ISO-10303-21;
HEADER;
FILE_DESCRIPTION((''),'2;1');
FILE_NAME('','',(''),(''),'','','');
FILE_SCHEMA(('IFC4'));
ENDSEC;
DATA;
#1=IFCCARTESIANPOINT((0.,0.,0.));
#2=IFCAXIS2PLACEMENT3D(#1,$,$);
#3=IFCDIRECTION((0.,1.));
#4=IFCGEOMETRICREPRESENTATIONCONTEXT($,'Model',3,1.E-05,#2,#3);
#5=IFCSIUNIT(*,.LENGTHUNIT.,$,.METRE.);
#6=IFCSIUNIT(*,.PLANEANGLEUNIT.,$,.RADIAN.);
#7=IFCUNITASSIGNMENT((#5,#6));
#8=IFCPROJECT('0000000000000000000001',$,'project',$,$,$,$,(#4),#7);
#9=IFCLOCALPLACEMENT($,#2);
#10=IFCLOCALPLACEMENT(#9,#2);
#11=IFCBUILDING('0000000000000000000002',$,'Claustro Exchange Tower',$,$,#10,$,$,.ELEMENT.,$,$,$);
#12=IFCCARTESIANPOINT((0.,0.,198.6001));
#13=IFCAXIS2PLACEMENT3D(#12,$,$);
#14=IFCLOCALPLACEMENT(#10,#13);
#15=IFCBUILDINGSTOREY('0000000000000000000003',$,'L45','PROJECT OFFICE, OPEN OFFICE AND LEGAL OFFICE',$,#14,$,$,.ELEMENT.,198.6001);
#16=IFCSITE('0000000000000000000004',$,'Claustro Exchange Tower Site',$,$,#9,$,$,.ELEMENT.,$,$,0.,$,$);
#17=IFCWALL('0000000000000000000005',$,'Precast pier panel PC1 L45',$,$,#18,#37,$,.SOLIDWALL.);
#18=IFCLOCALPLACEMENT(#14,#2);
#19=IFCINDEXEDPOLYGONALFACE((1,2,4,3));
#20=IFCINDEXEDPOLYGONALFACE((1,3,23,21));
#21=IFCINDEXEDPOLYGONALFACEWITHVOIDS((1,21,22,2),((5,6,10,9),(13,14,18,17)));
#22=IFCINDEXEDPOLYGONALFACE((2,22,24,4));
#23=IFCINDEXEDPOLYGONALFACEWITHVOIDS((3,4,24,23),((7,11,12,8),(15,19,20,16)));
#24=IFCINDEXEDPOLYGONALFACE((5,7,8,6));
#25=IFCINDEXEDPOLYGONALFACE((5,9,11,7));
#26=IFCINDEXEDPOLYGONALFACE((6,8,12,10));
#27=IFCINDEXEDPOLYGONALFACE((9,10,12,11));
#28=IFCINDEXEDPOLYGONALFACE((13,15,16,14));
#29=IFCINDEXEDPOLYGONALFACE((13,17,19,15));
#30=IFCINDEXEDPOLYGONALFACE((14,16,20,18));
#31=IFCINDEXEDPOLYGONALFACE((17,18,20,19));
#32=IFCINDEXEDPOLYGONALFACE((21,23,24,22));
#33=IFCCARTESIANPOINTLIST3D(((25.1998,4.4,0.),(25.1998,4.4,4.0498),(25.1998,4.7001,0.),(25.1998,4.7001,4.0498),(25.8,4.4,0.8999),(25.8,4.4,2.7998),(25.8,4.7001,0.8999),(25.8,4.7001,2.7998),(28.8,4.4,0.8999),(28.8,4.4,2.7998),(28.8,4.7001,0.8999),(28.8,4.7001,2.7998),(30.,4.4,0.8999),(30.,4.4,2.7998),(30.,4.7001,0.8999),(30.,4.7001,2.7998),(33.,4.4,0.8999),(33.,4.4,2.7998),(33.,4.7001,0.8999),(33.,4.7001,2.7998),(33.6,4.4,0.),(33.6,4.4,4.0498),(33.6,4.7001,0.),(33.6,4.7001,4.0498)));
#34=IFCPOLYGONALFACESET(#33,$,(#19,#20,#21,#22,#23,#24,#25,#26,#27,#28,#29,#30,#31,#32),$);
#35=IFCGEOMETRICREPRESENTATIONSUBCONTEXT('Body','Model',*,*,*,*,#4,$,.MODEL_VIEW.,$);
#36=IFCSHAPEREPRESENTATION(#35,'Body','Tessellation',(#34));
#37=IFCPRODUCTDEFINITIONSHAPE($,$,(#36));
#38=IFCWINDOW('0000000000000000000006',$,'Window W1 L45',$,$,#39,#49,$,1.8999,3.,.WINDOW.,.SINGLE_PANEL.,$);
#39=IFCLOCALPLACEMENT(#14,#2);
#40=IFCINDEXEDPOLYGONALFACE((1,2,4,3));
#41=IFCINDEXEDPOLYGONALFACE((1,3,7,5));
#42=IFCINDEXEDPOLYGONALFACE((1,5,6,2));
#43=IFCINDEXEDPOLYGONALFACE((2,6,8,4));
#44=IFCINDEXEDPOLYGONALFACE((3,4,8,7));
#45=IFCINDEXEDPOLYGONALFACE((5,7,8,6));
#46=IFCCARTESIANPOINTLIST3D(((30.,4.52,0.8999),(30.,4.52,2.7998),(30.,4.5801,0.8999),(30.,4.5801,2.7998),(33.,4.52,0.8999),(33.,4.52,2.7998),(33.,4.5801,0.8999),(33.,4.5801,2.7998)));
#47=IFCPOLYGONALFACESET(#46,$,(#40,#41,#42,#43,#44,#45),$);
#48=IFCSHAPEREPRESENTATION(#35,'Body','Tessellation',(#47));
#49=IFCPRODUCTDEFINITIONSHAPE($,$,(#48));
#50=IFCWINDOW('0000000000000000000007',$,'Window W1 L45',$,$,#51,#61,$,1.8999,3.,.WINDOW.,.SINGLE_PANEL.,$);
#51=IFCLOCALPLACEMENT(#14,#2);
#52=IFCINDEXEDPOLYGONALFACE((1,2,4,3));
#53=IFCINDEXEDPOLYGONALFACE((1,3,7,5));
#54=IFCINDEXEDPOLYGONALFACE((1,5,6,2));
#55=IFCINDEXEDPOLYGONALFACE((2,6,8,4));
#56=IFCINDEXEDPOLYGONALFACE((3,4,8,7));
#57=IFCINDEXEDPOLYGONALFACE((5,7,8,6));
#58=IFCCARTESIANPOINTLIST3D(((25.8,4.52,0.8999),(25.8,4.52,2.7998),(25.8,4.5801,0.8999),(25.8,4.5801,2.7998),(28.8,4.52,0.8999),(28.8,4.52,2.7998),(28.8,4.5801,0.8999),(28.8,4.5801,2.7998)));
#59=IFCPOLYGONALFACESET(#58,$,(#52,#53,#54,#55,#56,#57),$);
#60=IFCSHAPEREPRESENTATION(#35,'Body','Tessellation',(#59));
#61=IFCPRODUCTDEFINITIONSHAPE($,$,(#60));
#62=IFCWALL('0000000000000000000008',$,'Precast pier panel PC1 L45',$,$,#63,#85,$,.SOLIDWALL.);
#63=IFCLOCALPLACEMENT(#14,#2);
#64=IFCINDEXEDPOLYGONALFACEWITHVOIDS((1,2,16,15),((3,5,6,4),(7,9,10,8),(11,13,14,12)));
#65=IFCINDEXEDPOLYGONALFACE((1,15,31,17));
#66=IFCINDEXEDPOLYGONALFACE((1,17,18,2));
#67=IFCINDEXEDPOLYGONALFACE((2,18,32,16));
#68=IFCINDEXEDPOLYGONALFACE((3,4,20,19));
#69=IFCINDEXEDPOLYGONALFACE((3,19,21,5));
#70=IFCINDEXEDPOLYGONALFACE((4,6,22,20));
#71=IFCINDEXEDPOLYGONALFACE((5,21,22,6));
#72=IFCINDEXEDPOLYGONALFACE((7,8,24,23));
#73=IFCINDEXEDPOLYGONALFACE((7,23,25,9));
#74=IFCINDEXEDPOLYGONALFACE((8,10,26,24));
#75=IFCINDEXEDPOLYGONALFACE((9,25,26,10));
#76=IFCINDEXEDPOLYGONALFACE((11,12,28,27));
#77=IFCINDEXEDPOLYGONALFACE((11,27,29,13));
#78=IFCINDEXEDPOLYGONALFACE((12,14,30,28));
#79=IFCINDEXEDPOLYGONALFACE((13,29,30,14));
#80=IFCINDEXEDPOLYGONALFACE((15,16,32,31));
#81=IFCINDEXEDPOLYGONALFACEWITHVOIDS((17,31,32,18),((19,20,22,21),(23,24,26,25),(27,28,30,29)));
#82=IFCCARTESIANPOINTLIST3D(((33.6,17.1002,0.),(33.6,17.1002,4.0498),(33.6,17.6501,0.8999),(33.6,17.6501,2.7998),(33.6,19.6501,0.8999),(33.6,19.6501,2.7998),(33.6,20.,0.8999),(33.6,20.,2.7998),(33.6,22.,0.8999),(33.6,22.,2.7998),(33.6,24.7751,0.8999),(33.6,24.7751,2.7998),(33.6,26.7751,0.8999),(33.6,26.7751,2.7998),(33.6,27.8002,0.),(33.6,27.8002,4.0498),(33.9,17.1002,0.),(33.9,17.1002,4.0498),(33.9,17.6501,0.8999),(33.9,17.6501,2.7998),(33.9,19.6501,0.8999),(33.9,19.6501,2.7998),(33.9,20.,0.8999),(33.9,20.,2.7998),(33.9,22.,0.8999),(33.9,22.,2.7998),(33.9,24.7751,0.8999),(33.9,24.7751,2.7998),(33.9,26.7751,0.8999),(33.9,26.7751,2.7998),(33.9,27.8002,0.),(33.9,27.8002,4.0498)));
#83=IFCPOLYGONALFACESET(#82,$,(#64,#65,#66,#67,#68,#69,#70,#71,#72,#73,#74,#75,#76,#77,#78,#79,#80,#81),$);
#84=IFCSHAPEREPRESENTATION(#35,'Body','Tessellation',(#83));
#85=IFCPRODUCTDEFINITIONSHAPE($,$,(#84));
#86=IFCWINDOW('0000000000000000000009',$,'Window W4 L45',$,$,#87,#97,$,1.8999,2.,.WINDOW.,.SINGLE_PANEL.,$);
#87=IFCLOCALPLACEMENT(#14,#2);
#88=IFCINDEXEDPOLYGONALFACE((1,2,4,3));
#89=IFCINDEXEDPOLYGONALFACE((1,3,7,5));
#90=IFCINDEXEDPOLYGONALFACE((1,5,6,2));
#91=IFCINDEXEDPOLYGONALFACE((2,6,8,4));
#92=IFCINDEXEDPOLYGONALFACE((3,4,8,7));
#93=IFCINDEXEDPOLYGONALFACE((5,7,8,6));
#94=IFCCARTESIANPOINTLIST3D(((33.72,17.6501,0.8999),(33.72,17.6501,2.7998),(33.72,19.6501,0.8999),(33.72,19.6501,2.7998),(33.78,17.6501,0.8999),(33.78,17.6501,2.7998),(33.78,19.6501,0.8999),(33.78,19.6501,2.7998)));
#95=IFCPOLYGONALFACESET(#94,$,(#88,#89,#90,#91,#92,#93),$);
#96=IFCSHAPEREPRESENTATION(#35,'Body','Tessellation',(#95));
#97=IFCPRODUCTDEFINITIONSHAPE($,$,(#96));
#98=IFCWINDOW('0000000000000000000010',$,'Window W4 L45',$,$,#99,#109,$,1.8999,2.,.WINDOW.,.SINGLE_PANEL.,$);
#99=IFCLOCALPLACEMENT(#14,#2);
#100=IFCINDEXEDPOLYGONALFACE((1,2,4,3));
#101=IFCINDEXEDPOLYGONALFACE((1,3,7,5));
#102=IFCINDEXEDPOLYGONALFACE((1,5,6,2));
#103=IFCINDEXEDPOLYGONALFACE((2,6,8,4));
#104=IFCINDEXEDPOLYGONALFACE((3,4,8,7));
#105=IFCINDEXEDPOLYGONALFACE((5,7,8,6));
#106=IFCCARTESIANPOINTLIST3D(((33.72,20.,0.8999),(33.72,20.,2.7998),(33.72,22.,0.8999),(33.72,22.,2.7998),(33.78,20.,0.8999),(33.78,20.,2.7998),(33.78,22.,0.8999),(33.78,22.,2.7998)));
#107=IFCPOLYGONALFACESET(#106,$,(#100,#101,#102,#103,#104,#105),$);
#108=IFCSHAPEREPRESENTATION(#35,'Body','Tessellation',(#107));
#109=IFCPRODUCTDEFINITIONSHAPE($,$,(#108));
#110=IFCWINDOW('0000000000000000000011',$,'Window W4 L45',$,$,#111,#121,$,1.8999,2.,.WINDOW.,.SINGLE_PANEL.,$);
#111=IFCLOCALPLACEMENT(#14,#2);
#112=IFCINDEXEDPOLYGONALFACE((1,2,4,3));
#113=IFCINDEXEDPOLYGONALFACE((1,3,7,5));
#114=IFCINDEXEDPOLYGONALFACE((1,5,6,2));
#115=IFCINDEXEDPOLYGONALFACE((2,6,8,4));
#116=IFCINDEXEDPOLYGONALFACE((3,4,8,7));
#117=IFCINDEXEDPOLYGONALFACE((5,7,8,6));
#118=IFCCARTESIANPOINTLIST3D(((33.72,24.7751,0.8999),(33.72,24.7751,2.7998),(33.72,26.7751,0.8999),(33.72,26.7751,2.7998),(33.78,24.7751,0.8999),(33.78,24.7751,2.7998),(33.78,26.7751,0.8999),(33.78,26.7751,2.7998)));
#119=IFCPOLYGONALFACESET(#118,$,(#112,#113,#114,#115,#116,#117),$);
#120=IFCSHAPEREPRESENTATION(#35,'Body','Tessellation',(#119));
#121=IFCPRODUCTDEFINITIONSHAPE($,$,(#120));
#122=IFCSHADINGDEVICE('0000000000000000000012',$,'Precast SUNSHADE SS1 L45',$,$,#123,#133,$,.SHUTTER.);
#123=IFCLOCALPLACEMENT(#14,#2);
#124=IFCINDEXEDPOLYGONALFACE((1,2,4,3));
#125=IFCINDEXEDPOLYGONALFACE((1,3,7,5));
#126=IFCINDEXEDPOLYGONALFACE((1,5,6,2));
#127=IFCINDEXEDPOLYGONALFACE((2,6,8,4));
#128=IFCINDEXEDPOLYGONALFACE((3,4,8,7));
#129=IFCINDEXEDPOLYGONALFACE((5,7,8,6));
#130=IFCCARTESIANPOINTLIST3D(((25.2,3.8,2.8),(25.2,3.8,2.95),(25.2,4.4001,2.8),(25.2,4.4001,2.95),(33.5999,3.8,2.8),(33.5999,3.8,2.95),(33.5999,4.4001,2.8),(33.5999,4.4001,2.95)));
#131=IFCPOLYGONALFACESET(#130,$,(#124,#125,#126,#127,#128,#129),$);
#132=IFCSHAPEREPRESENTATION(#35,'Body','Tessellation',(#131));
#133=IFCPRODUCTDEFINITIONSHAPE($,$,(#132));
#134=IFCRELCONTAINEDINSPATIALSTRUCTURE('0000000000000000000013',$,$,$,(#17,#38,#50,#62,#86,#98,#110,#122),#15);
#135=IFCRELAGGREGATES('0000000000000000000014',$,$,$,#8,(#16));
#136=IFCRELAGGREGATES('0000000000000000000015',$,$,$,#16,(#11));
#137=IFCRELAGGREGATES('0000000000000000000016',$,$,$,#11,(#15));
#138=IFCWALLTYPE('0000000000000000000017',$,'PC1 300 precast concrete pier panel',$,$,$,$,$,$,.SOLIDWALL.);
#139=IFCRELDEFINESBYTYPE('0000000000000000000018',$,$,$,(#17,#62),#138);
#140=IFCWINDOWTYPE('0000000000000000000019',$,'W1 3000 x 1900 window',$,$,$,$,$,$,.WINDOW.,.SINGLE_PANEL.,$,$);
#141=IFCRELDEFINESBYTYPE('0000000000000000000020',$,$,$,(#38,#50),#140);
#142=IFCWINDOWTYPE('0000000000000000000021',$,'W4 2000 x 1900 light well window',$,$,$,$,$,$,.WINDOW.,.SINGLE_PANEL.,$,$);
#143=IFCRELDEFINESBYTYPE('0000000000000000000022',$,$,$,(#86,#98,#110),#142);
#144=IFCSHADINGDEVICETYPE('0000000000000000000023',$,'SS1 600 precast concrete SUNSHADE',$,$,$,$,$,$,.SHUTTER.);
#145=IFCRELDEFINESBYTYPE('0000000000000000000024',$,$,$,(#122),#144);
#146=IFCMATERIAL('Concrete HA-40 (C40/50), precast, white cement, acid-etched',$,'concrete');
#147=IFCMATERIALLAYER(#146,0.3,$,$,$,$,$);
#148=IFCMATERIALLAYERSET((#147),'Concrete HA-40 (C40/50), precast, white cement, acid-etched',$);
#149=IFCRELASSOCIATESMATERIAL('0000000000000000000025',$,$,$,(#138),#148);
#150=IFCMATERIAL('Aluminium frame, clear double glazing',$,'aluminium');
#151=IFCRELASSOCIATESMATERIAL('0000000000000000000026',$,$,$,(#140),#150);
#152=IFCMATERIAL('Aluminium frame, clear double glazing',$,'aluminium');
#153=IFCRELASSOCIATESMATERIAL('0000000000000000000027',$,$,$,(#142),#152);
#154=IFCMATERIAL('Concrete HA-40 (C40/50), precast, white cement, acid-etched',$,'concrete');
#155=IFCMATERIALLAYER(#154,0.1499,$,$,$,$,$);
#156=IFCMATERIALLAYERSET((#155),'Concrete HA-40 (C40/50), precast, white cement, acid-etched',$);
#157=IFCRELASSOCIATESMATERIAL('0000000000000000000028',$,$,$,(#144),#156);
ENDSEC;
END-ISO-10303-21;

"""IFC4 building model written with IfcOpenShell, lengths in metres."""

from ifc_helpers import new_model, si_unit, direction, frame, frame_2d, origin, origin_2d, place, context, subcontext, project, spatial, rectangle, extrude, material, layer, layer_set, type_object, element, fill, save


model = new_model("IFC4")

# Units and contexts
model_context = context("Model", 3, precision=1e-05, world=origin(), true_north=direction((0.0, 1.0)))
body_context = subcontext(model_context, "Body", "Model", "MODEL_VIEW")
ifc_project = project(units=[si_unit("LENGTHUNIT", "METRE"), si_unit("PLANEANGLEUNIT", "RADIAN")], contexts=[model_context])

# Site, building, storey
site_placement = place(None, origin())
site = spatial("IfcSite", under=ifc_project, at=site_placement, Name="Claustro Exchange Tower Site", CompositionType="ELEMENT", RefElevation=0.0)
building_placement = place(site_placement, origin())
building = spatial("IfcBuilding", under=site, at=building_placement, Name="Claustro Exchange Tower", CompositionType="ELEMENT")
storey_placement = place(building_placement, frame((0.0, 0.0, 198.6001)))
storey = spatial("IfcBuildingStorey", under=building, at=storey_placement, Name="L45", Description="PROJECT OFFICE, OPEN OFFICE AND LEGAL OFFICE", CompositionType="ELEMENT", Elevation=198.6001)

# Walls, openings, windows
ifc_material_1 = material(Name="Concrete HA-40 (C40/50), precast, white cement, acid-etched", Category="concrete")
ifc_layer_1 = layer(ifc_material_1, 0.3)
ifc_layer_set_1 = layer_set([ifc_layer_1], Name="Concrete HA-40 (C40/50), precast, white cement, acid-etched")
wall_type_1 = type_object("IfcWallType", Name="PC1 300 precast concrete pier panel", PredefinedType="SOLIDWALL", material=ifc_layer_set_1)
wall_1_placement = place(storey_placement, frame((33.6001, 4.55, 0.0), z_axis=(0.0, 0.0, 1.0), x_axis=(-1.0, 0.0, 0.0)))
wall_1 = element("IfcWall", 1, at=wall_1_placement, inside=storey, type_object=wall_type_1, Name="Precast pier panel PC1 L45", PredefinedType="SOLIDWALL", context=body_context, shape_type="SweptSolid", body=[
    extrude(rectangle(XDim=8.4001, YDim=0.3, at=frame_2d((4.2002, 0.0))), origin(), (0.0, 0.0, 1.0), 4.0498),
])
opening_1_placement = place(wall_1_placement, frame((0.6001, 0.0, 0.8999)))
opening_1 = element("IfcOpeningElement", 2, at=opening_1_placement, cuts=wall_1, PredefinedType="OPENING", context=body_context, shape_type="SweptSolid", body=[
    extrude(rectangle(XDim=3.0, YDim=1.8999, at=frame_2d((1.5, 0.95))), frame((0.0, 0.1599, 0.0), z_axis=(0.0, -1.0, 0.0), x_axis=(1.0, 0.0, 0.0)), (0.0, 0.0, 1.0), 0.3201),
])
opening_2_placement = place(wall_1_placement, frame((4.8, 0.0, 0.8999)))
opening_2 = element("IfcOpeningElement", 3, at=opening_2_placement, cuts=wall_1, PredefinedType="OPENING", context=body_context, shape_type="SweptSolid", body=[
    extrude(rectangle(XDim=3.0, YDim=1.8999, at=frame_2d((1.5, 0.95))), frame((0.0, 0.1599, 0.0), z_axis=(0.0, -1.0, 0.0), x_axis=(1.0, 0.0, 0.0)), (0.0, 0.0, 1.0), 0.3201),
])
ifc_material_2 = material(Name="Aluminium frame, clear double glazing", Category="aluminium")
window_type_1 = type_object("IfcWindowType", Name="W1 3000 x 1900 window", PartitioningType="SINGLE_PANEL", PredefinedType="WINDOW", material=ifc_material_2)
window_1_placement = place(opening_1_placement, origin())
window_1 = element("IfcWindow", 4, at=window_1_placement, inside=storey, type_object=window_type_1, Name="Window W1 L45", OverallHeight=1.8999, OverallWidth=3.0, PartitioningType="SINGLE_PANEL", PredefinedType="WINDOW", context=body_context, shape_type="SweptSolid", body=[
    extrude(rectangle(XDim=3.0, YDim=1.8999, at=frame_2d((1.5, 0.95))), frame((0.0, 0.03, 0.0), z_axis=(0.0, -1.0, 0.0), x_axis=(1.0, 0.0, 0.0)), (0.0, 0.0, 1.0), 0.0601),
])
fill(opening_1, window_1)
window_2_placement = place(opening_2_placement, origin())
window_2 = element("IfcWindow", 5, at=window_2_placement, inside=storey, type_object=window_type_1, Name="Window W1 L45", OverallHeight=1.8999, OverallWidth=3.0, PartitioningType="SINGLE_PANEL", PredefinedType="WINDOW", context=body_context, shape_type="SweptSolid", body=[
    extrude(rectangle(XDim=3.0, YDim=1.8999, at=frame_2d((1.5, 0.95))), frame((0.0, 0.03, 0.0), z_axis=(0.0, -1.0, 0.0), x_axis=(1.0, 0.0, 0.0)), (0.0, 0.0, 1.0), 0.0601),
])
fill(opening_2, window_2)
wall_2_placement = place(storey_placement, frame((33.75, 17.1001, 0.0), z_axis=(0.0, 0.0, 1.0), x_axis=(0.0, 1.0, 0.0)))
wall_2 = element("IfcWall", 6, at=wall_2_placement, inside=storey, type_object=wall_type_1, Name="Precast pier panel PC1 L45", PredefinedType="SOLIDWALL", context=body_context, shape_type="SweptSolid", body=[
    extrude(rectangle(XDim=10.7, YDim=0.3, at=frame_2d((5.3501, 0.0))), origin(), (0.0, 0.0, 1.0), 4.0498),
])
opening_3_placement = place(wall_2_placement, frame((0.55, 0.0, 0.8999)))
opening_3 = element("IfcOpeningElement", 7, at=opening_3_placement, cuts=wall_2, PredefinedType="OPENING", context=body_context, shape_type="SweptSolid", body=[
    extrude(rectangle(XDim=2.0, YDim=1.8999, at=frame_2d((1.0, 0.95))), frame((0.0, 0.1599, 0.0), z_axis=(0.0, -1.0, 0.0), x_axis=(1.0, 0.0, 0.0)), (0.0, 0.0, 1.0), 0.3201),
])
opening_4_placement = place(wall_2_placement, frame((2.8999, 0.0, 0.8999)))
opening_4 = element("IfcOpeningElement", 8, at=opening_4_placement, cuts=wall_2, PredefinedType="OPENING", context=body_context, shape_type="SweptSolid", body=[
    extrude(rectangle(XDim=2.0, YDim=1.8999, at=frame_2d((1.0, 0.95))), frame((0.0, 0.1599, 0.0), z_axis=(0.0, -1.0, 0.0), x_axis=(1.0, 0.0, 0.0)), (0.0, 0.0, 1.0), 0.3201),
])
opening_5_placement = place(wall_2_placement, frame((7.675, 0.0, 0.8999)))
opening_5 = element("IfcOpeningElement", 9, at=opening_5_placement, cuts=wall_2, PredefinedType="OPENING", context=body_context, shape_type="SweptSolid", body=[
    extrude(rectangle(XDim=2.0, YDim=1.8999, at=frame_2d((1.0, 0.95))), frame((0.0, 0.1599, 0.0), z_axis=(0.0, -1.0, 0.0), x_axis=(1.0, 0.0, 0.0)), (0.0, 0.0, 1.0), 0.3201),
])
ifc_material_3 = material(Name="Aluminium frame, clear double glazing", Category="aluminium")
window_type_2 = type_object("IfcWindowType", Name="W4 2000 x 1900 light well window", PartitioningType="SINGLE_PANEL", PredefinedType="WINDOW", material=ifc_material_3)
window_3_placement = place(opening_3_placement, origin())
window_3 = element("IfcWindow", 10, at=window_3_placement, inside=storey, type_object=window_type_2, Name="Window W4 L45", OverallHeight=1.8999, OverallWidth=2.0, PartitioningType="SINGLE_PANEL", PredefinedType="WINDOW", context=body_context, shape_type="SweptSolid", body=[
    extrude(rectangle(XDim=2.0, YDim=1.8999, at=frame_2d((1.0, 0.95))), frame((0.0, 0.03, 0.0), z_axis=(0.0, -1.0, 0.0), x_axis=(1.0, 0.0, 0.0)), (0.0, 0.0, 1.0), 0.0601),
])
fill(opening_3, window_3)
window_4_placement = place(opening_4_placement, origin())
window_4 = element("IfcWindow", 11, at=window_4_placement, inside=storey, type_object=window_type_2, Name="Window W4 L45", OverallHeight=1.8999, OverallWidth=2.0, PartitioningType="SINGLE_PANEL", PredefinedType="WINDOW", context=body_context, shape_type="SweptSolid", body=[
    extrude(rectangle(XDim=2.0, YDim=1.8999, at=frame_2d((1.0, 0.95))), frame((0.0, 0.03, 0.0), z_axis=(0.0, -1.0, 0.0), x_axis=(1.0, 0.0, 0.0)), (0.0, 0.0, 1.0), 0.0601),
])
fill(opening_4, window_4)
window_5_placement = place(opening_5_placement, origin())
window_5 = element("IfcWindow", 12, at=window_5_placement, inside=storey, type_object=window_type_2, Name="Window W4 L45", OverallHeight=1.8999, OverallWidth=2.0, PartitioningType="SINGLE_PANEL", PredefinedType="WINDOW", context=body_context, shape_type="SweptSolid", body=[
    extrude(rectangle(XDim=2.0, YDim=1.8999, at=frame_2d((1.0, 0.95))), frame((0.0, 0.03, 0.0), z_axis=(0.0, -1.0, 0.0), x_axis=(1.0, 0.0, 0.0)), (0.0, 0.0, 1.0), 0.0601),
])
fill(opening_5, window_5)

# Shading device
ifc_material_4 = material(Name="Concrete HA-40 (C40/50), precast, white cement, acid-etched", Category="concrete")
ifc_layer_2 = layer(ifc_material_4, 0.1499)
ifc_layer_set_2 = layer_set([ifc_layer_2], Name="Concrete HA-40 (C40/50), precast, white cement, acid-etched")
shading_device_type = type_object("IfcShadingDeviceType", Name="SS1 600 precast concrete SUNSHADE", PredefinedType="SHUTTER", material=ifc_layer_set_2)
shading_device_placement = place(storey_placement, frame((29.3999, 4.1001, 2.8), z_axis=(0.0, 0.0, 1.0), x_axis=(-1.0, 0.0, 0.0)))
element("IfcShadingDevice", 13, at=shading_device_placement, inside=storey, type_object=shading_device_type, Name="Precast SUNSHADE SS1 L45", PredefinedType="SHUTTER", context=body_context, shape_type="SweptSolid", body=[
    extrude(rectangle(XDim=8.3999, YDim=0.6001, at=origin_2d()), origin(), (0.0, 0.0, 1.0), 0.1499),
])

save(model, "model.ifc")
